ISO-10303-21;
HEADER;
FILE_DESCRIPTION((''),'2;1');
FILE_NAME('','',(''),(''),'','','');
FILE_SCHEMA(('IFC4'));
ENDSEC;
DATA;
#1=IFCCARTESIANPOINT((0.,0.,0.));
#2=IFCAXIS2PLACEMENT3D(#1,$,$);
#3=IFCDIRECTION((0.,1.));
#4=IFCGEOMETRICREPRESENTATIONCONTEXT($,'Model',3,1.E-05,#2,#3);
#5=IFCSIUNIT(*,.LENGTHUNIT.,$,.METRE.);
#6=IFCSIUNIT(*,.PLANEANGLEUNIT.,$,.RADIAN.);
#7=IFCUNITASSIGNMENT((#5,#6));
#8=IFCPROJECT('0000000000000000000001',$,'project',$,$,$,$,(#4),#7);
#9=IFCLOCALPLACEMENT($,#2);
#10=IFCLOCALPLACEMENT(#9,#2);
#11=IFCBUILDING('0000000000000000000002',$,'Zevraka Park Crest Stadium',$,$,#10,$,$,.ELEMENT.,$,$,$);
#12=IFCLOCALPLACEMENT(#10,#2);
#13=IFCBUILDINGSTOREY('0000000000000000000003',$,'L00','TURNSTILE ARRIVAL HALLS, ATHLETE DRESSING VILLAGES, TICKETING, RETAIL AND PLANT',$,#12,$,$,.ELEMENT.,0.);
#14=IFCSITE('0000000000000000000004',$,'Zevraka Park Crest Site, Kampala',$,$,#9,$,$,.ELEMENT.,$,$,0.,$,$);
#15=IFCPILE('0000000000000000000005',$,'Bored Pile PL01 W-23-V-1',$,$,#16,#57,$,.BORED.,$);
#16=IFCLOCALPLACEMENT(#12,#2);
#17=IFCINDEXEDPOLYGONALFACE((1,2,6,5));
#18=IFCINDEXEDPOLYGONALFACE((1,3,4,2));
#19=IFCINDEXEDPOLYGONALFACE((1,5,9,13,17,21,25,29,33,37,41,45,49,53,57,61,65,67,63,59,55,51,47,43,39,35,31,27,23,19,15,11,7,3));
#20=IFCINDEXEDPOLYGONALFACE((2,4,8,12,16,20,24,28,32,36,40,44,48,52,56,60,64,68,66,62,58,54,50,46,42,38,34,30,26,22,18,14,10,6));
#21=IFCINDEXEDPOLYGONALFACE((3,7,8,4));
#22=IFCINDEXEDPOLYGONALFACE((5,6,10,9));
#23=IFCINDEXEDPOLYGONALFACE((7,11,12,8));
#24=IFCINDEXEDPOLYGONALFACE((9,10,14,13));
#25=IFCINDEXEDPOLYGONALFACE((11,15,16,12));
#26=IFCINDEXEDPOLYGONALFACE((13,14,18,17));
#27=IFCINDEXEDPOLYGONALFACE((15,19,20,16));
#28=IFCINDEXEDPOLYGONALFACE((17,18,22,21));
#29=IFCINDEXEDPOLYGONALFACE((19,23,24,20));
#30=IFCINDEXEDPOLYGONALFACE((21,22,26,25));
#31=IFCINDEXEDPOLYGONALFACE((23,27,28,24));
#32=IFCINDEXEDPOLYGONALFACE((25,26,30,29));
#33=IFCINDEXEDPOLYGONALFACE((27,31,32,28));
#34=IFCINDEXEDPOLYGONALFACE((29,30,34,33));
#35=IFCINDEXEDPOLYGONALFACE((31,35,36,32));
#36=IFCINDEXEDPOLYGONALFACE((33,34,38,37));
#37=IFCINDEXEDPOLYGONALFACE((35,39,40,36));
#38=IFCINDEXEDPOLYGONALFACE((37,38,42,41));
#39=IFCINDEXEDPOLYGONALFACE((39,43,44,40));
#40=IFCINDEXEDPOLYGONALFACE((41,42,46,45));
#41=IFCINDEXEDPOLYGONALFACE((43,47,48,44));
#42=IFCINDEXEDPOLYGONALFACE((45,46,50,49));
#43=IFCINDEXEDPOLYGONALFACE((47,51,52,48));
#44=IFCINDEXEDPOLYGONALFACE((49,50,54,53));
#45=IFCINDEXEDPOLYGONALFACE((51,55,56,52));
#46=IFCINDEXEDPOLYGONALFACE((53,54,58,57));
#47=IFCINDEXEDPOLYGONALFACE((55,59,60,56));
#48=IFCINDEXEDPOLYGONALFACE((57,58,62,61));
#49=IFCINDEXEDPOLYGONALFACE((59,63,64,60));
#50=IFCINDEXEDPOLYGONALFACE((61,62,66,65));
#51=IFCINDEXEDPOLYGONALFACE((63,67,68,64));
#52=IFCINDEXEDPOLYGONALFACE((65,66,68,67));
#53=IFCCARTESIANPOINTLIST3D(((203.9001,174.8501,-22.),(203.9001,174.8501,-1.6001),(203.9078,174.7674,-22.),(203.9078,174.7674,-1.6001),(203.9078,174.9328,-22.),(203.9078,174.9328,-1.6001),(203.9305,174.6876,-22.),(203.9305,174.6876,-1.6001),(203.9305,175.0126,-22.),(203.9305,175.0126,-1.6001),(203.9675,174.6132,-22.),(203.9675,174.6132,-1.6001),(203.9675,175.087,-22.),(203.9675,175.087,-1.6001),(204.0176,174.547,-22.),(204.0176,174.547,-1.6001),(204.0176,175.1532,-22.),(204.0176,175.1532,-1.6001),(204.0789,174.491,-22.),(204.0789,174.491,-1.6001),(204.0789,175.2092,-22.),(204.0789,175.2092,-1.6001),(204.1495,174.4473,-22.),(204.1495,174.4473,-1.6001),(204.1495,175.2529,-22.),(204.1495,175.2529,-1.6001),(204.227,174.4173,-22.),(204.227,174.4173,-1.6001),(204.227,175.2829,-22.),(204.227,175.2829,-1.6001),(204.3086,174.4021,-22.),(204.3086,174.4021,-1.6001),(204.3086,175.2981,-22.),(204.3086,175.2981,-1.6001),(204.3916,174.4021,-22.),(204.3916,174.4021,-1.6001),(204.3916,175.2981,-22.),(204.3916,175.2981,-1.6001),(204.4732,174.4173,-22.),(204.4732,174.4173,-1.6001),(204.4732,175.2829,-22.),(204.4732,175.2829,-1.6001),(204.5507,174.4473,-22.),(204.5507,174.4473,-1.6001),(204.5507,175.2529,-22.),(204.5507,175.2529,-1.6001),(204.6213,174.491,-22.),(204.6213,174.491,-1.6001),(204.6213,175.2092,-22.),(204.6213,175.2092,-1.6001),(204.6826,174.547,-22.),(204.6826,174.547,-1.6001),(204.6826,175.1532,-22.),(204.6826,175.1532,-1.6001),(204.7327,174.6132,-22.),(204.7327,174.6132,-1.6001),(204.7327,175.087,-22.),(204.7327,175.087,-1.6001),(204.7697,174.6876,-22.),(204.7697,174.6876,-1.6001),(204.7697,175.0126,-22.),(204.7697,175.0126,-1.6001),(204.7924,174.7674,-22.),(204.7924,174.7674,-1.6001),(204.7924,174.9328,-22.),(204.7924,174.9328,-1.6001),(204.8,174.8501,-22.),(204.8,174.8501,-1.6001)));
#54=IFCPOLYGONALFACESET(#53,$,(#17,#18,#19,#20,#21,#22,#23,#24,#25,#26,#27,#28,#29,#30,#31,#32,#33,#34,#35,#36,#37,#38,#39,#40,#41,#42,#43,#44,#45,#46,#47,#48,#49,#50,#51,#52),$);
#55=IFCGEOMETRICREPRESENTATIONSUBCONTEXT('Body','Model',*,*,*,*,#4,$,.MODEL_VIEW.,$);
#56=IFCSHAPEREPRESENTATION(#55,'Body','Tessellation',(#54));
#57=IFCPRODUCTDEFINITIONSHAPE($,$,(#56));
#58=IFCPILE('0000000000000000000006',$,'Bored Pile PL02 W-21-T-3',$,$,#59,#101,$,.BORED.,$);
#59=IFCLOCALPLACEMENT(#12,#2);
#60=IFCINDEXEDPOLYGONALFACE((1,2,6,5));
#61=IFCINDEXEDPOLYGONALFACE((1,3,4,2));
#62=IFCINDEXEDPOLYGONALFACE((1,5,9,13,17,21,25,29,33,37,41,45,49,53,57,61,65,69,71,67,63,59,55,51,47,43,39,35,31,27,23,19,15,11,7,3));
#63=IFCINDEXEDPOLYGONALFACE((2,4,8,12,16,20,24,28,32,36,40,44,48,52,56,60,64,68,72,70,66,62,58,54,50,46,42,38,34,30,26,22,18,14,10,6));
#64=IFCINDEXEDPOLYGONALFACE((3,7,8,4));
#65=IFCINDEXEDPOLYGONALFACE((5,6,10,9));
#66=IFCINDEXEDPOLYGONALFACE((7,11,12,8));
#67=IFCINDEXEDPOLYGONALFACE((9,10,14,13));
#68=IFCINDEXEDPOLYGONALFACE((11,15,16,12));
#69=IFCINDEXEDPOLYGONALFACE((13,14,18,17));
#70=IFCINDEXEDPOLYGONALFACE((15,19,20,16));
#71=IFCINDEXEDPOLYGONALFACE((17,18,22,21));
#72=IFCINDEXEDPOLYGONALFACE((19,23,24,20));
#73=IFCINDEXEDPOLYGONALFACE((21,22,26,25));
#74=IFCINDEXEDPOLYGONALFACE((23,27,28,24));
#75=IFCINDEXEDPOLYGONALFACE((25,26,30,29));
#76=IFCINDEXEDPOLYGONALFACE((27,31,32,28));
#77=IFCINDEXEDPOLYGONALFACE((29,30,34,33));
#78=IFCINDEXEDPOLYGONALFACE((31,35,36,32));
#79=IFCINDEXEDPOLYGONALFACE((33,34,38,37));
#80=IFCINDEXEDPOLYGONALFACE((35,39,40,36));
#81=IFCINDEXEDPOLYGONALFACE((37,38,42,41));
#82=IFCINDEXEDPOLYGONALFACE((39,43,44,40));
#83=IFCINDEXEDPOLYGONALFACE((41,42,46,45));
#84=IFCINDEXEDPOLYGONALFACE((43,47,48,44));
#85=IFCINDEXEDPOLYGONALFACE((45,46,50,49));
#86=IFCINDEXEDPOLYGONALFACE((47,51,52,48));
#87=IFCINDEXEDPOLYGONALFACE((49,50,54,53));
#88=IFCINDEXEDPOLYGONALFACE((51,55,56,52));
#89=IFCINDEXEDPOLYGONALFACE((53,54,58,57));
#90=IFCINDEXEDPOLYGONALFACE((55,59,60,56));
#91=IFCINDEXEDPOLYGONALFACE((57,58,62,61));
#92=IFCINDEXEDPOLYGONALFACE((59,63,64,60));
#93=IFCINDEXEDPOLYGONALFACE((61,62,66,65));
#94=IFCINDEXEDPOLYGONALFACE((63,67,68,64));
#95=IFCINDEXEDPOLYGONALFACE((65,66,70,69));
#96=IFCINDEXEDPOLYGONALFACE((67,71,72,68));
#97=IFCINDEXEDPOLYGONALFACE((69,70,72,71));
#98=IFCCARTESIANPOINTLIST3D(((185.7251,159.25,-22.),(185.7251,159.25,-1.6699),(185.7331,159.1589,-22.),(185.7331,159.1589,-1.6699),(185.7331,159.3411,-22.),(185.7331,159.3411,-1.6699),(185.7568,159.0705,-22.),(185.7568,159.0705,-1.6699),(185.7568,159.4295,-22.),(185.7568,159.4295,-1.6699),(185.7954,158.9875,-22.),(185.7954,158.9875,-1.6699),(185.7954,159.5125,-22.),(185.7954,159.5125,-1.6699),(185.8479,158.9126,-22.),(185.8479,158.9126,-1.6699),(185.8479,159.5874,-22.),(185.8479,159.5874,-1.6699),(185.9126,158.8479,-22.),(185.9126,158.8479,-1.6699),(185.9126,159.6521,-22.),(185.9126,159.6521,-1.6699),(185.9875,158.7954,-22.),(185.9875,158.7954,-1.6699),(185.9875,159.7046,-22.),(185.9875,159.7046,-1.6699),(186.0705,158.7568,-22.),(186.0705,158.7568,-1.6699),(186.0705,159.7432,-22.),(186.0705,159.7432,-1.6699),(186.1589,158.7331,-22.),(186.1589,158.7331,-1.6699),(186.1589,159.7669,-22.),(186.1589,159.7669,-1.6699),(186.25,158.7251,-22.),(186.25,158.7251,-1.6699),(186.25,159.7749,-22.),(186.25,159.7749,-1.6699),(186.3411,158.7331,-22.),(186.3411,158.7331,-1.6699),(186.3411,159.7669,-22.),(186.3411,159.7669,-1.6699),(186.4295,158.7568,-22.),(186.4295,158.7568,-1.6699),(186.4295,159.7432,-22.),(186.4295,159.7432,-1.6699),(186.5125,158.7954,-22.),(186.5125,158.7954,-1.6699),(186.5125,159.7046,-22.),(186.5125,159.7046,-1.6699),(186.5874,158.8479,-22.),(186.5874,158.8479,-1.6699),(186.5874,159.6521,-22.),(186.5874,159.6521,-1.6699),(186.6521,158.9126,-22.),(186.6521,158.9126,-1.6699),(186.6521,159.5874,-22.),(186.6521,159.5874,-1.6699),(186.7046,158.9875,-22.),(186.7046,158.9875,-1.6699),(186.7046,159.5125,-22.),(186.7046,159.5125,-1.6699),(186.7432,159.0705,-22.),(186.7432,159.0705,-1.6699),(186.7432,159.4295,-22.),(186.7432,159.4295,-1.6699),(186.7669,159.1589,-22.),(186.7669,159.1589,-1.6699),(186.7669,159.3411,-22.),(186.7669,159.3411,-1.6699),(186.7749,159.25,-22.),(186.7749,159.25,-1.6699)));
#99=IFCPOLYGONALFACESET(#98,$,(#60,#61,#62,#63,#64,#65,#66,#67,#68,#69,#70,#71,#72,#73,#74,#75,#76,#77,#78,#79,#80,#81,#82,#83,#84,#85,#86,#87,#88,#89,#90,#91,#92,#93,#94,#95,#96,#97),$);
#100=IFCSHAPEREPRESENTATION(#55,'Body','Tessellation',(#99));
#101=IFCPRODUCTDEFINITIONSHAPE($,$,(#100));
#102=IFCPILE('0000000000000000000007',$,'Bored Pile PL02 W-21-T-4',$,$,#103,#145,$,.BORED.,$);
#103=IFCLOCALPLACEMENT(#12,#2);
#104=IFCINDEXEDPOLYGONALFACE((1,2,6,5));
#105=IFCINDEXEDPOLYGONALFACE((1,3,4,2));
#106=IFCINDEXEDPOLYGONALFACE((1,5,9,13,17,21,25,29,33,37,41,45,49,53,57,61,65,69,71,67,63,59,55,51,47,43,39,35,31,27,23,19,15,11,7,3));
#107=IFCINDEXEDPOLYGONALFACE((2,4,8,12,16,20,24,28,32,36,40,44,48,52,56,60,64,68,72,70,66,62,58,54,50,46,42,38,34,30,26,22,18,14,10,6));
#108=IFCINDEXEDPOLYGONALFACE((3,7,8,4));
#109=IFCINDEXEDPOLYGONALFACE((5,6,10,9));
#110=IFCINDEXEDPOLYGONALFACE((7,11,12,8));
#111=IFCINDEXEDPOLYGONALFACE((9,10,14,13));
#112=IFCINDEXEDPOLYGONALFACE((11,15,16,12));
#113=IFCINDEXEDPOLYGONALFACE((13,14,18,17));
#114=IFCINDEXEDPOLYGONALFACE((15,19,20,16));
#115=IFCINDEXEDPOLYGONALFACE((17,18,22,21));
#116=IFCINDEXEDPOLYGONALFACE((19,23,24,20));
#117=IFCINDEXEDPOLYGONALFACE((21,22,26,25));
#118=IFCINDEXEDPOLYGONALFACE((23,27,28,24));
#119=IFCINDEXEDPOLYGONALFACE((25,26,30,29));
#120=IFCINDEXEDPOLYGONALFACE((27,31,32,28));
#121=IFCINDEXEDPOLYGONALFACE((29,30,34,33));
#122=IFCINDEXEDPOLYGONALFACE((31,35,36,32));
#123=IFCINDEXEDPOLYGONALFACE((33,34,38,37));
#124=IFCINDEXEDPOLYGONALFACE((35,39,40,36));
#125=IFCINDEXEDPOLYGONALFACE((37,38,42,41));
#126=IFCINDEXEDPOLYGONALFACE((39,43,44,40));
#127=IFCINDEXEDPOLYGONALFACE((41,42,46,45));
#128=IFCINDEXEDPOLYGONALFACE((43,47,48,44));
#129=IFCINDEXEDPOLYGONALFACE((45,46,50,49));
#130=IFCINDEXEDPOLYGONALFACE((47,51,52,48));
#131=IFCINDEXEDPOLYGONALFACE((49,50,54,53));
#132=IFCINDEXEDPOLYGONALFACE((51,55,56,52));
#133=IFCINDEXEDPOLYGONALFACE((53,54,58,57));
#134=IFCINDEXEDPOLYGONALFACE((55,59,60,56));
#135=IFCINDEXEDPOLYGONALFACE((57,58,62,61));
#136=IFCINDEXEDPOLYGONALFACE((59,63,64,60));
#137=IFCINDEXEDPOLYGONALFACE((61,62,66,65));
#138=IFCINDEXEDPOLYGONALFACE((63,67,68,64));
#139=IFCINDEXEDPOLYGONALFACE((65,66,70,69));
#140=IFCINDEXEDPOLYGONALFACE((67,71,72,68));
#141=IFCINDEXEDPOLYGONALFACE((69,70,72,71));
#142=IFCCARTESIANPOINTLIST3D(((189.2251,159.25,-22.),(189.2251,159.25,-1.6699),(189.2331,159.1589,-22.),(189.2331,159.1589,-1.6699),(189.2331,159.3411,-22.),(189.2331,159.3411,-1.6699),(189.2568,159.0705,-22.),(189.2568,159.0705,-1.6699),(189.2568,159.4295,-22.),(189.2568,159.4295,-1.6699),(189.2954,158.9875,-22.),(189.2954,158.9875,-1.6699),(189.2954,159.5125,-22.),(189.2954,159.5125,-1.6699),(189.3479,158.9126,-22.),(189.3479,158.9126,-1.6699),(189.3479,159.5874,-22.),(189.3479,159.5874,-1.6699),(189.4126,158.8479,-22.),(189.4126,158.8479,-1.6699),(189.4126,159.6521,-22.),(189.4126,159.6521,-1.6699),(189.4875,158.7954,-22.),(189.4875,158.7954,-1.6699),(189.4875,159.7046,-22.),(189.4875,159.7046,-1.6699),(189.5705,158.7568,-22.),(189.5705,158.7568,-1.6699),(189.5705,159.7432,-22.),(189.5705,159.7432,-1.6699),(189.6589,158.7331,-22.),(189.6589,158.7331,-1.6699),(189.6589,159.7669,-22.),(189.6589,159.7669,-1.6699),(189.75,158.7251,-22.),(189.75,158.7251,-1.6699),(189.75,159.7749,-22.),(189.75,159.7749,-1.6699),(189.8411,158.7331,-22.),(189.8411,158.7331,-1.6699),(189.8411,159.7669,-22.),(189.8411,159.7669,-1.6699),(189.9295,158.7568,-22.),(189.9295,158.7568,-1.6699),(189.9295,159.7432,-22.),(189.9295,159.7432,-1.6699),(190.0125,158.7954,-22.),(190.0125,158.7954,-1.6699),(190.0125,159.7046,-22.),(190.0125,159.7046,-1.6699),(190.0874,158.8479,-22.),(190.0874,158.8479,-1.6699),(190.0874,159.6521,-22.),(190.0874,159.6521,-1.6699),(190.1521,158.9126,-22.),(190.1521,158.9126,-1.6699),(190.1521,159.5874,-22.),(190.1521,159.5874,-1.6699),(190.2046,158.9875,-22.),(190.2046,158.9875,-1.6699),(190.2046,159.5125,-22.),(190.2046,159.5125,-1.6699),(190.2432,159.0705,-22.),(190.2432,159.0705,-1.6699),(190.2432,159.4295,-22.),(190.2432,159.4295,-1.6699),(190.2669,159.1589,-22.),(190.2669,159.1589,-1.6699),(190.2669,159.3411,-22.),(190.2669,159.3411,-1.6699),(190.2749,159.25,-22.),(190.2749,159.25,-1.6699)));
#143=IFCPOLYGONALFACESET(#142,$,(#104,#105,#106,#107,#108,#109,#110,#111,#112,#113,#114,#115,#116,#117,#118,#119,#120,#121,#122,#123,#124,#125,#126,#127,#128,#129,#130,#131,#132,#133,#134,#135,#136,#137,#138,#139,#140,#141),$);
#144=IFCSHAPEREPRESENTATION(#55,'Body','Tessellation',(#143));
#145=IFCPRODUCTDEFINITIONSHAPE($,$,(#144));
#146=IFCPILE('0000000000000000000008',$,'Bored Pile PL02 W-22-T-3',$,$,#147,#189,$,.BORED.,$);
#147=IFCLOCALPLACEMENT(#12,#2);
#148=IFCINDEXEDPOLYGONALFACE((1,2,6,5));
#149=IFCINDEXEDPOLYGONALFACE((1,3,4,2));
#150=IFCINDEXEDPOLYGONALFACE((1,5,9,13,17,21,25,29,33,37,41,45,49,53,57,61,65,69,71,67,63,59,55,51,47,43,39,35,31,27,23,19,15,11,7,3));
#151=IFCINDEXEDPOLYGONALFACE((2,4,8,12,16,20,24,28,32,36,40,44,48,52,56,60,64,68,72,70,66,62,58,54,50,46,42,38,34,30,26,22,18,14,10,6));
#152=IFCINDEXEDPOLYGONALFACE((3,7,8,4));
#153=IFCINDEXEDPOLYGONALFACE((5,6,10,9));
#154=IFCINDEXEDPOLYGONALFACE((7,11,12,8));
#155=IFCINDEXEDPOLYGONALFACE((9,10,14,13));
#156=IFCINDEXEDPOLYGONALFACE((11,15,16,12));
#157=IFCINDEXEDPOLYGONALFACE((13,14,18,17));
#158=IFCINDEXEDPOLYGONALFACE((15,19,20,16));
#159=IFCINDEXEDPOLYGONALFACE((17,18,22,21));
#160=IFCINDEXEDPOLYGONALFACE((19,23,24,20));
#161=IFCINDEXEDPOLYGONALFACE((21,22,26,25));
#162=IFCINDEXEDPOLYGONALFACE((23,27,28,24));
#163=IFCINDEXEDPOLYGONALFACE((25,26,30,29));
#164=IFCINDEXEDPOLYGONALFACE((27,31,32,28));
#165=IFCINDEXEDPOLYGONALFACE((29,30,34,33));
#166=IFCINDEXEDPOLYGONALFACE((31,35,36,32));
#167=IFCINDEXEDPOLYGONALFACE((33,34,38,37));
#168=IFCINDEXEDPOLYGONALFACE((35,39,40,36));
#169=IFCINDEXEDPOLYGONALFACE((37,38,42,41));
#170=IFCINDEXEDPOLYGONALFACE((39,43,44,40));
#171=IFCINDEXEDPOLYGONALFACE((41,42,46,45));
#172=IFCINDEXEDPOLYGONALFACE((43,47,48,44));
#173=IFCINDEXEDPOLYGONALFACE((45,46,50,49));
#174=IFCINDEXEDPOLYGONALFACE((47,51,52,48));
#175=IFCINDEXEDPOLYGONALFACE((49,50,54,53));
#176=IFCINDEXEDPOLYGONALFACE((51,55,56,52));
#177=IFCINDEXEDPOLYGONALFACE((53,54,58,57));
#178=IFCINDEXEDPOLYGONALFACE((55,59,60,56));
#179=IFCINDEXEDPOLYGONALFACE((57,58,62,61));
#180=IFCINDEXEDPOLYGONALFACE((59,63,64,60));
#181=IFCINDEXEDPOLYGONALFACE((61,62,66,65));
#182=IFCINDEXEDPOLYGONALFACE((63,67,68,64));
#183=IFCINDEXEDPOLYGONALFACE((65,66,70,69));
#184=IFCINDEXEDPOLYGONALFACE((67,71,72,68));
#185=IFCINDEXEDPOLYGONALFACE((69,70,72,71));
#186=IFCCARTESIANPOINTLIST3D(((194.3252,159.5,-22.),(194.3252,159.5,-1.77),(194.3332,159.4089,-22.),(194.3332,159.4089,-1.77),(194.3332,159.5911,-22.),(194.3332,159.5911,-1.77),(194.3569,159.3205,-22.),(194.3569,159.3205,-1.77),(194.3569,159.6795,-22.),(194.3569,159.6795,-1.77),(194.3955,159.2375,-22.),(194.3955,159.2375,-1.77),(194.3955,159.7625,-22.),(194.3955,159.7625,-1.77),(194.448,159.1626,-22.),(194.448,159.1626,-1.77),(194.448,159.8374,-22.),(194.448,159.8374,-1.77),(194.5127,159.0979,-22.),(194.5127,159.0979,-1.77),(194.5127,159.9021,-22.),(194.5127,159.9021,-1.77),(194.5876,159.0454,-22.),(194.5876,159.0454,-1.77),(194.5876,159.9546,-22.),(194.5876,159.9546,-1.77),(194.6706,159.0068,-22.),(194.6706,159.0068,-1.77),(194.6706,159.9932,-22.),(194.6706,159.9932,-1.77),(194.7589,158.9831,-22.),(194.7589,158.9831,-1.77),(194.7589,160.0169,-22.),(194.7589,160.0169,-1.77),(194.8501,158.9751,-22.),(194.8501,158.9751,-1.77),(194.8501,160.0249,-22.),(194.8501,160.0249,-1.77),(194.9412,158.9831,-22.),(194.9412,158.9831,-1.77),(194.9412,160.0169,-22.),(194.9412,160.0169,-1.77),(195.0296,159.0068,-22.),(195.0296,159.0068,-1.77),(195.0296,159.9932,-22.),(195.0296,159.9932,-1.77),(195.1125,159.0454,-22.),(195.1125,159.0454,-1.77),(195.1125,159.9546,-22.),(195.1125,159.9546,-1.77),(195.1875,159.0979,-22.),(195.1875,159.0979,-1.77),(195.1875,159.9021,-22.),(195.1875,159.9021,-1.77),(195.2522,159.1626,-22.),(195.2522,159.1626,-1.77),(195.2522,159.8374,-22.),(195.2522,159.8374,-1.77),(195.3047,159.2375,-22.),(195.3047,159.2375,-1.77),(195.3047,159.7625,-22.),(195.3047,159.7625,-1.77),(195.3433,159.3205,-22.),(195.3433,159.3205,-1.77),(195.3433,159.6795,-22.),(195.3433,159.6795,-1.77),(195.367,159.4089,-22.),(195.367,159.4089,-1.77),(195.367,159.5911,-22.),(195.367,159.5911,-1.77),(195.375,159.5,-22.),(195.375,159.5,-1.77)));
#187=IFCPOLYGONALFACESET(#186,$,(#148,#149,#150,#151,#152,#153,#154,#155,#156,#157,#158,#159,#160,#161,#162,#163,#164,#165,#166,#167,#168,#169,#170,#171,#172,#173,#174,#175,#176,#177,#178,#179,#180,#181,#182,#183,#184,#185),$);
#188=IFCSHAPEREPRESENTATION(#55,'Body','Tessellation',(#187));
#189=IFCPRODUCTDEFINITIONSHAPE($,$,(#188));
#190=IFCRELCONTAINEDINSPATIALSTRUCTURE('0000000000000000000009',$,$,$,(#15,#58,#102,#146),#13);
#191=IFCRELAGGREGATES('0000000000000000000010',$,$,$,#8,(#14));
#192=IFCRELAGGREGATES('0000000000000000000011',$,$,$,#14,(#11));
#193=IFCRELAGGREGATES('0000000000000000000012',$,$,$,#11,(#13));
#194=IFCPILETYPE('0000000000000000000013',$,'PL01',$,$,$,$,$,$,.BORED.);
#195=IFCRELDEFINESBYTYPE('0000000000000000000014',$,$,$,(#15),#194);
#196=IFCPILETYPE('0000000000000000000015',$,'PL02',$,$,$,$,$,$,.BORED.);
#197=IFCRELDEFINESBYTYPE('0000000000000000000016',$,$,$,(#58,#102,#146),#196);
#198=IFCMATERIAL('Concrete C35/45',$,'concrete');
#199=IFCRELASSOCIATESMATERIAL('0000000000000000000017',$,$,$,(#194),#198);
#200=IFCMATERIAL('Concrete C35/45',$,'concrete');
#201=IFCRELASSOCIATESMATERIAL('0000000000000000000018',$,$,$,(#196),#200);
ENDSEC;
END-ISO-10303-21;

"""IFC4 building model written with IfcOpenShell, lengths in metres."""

from ifc_helpers import new_model, si_unit, direction, frame, origin, origin_2d, place, context, subcontext, project, spatial, circle, extrude, material, material_profile, profile_set, type_object, element, save


model = new_model("IFC4")

# Units and contexts
model_context = context("Model", 3, precision=1e-05, world=origin(), true_north=direction((0.0, 1.0)))
body_context = subcontext(model_context, "Body", "Model", "MODEL_VIEW")
ifc_project = project(units=[si_unit("LENGTHUNIT", "METRE"), si_unit("PLANEANGLEUNIT", "RADIAN")], contexts=[model_context])

# Site, building, storey
site_placement = place(None, origin())
site = spatial("IfcSite", under=ifc_project, at=site_placement, Name="Zevraka Park Crest Site, Kampala", CompositionType="ELEMENT", RefElevation=0.0)
building_placement = place(site_placement, origin())
building = spatial("IfcBuilding", under=site, at=building_placement, Name="Zevraka Park Crest Stadium", CompositionType="ELEMENT")
storey_placement = place(building_placement, origin())
storey = spatial("IfcBuildingStorey", under=building, at=storey_placement, Name="L00", Description="TURNSTILE ARRIVAL HALLS, ATHLETE DRESSING VILLAGES, TICKETING, RETAIL AND PLANT", CompositionType="ELEMENT", Elevation=0.0)

# Piles
ifc_material_1 = material(Name="Concrete C35/45", Category="concrete")
ifc_material_profile_1 = material_profile(ifc_material_1, circle(Radius=0.45, at=origin_2d()), Name="PILE D900")
ifc_profile_set_1 = profile_set([ifc_material_profile_1], Name="Concrete C35/45")
pile_type_1 = type_object("IfcPileType", Name="PL01", PredefinedType="BORED", material=ifc_profile_set_1)
pile_placement = place(storey_placement, frame((204.3501, 174.8501, -1.6001), z_axis=(0.0, 0.0, -1.0), x_axis=(1.0, 0.0, 0.0)))
element("IfcPile", 1, at=pile_placement, inside=storey, type_object=pile_type_1, Name="Bored Pile PL01 W-23-V-1", PredefinedType="BORED", context=body_context, shape_type="SweptSolid", body=[
    extrude(circle(Radius=0.45, at=origin_2d()), origin(), (0.0, 0.0, 1.0), 20.3999),
])
ifc_material_2 = material(Name="Concrete C35/45", Category="concrete")
ifc_material_profile_2 = material_profile(ifc_material_2, circle(Radius=0.5249, at=origin_2d()), Name="PILE D1050")
ifc_profile_set_2 = profile_set([ifc_material_profile_2], Name="Concrete C35/45")
pile_type_2 = type_object("IfcPileType", Name="PL02", PredefinedType="BORED", material=ifc_profile_set_2)
for number, where, z_axis, x_axis, name in (
    (2, (186.25, 159.25, -1.6699), (0.0, 0.0, -1.0), (1.0, 0.0, 0.0), "Bored Pile PL02 W-21-T-3"),
    (3, (189.75, 159.25, -1.6699), (0.0, 0.0, -1.0), (1.0, 0.0, 0.0), "Bored Pile PL02 W-21-T-4"),
):
    element("IfcPile", number, at=place(storey_placement, frame(where, z_axis=z_axis, x_axis=x_axis)), inside=storey, type_object=pile_type_2, Name=name, PredefinedType="BORED", context=body_context, shape_type="SweptSolid", body=[
        extrude(circle(Radius=0.5249, at=origin_2d()), origin(), (0.0, 0.0, 1.0), 20.3301),
    ])
for number, where, z_axis, x_axis, name in (
    (4, (194.8501, 159.5, -1.77), (0.0, 0.0, -1.0), (1.0, 0.0, 0.0), "Bored Pile PL02 W-22-T-3"),
):
    element("IfcPile", number, at=place(storey_placement, frame(where, z_axis=z_axis, x_axis=x_axis)), inside=storey, type_object=pile_type_2, Name=name, PredefinedType="BORED", context=body_context, shape_type="SweptSolid", body=[
        extrude(circle(Radius=0.5249, at=origin_2d()), origin(), (0.0, 0.0, 1.0), 20.23),
    ])

save(model, "model.ifc")
